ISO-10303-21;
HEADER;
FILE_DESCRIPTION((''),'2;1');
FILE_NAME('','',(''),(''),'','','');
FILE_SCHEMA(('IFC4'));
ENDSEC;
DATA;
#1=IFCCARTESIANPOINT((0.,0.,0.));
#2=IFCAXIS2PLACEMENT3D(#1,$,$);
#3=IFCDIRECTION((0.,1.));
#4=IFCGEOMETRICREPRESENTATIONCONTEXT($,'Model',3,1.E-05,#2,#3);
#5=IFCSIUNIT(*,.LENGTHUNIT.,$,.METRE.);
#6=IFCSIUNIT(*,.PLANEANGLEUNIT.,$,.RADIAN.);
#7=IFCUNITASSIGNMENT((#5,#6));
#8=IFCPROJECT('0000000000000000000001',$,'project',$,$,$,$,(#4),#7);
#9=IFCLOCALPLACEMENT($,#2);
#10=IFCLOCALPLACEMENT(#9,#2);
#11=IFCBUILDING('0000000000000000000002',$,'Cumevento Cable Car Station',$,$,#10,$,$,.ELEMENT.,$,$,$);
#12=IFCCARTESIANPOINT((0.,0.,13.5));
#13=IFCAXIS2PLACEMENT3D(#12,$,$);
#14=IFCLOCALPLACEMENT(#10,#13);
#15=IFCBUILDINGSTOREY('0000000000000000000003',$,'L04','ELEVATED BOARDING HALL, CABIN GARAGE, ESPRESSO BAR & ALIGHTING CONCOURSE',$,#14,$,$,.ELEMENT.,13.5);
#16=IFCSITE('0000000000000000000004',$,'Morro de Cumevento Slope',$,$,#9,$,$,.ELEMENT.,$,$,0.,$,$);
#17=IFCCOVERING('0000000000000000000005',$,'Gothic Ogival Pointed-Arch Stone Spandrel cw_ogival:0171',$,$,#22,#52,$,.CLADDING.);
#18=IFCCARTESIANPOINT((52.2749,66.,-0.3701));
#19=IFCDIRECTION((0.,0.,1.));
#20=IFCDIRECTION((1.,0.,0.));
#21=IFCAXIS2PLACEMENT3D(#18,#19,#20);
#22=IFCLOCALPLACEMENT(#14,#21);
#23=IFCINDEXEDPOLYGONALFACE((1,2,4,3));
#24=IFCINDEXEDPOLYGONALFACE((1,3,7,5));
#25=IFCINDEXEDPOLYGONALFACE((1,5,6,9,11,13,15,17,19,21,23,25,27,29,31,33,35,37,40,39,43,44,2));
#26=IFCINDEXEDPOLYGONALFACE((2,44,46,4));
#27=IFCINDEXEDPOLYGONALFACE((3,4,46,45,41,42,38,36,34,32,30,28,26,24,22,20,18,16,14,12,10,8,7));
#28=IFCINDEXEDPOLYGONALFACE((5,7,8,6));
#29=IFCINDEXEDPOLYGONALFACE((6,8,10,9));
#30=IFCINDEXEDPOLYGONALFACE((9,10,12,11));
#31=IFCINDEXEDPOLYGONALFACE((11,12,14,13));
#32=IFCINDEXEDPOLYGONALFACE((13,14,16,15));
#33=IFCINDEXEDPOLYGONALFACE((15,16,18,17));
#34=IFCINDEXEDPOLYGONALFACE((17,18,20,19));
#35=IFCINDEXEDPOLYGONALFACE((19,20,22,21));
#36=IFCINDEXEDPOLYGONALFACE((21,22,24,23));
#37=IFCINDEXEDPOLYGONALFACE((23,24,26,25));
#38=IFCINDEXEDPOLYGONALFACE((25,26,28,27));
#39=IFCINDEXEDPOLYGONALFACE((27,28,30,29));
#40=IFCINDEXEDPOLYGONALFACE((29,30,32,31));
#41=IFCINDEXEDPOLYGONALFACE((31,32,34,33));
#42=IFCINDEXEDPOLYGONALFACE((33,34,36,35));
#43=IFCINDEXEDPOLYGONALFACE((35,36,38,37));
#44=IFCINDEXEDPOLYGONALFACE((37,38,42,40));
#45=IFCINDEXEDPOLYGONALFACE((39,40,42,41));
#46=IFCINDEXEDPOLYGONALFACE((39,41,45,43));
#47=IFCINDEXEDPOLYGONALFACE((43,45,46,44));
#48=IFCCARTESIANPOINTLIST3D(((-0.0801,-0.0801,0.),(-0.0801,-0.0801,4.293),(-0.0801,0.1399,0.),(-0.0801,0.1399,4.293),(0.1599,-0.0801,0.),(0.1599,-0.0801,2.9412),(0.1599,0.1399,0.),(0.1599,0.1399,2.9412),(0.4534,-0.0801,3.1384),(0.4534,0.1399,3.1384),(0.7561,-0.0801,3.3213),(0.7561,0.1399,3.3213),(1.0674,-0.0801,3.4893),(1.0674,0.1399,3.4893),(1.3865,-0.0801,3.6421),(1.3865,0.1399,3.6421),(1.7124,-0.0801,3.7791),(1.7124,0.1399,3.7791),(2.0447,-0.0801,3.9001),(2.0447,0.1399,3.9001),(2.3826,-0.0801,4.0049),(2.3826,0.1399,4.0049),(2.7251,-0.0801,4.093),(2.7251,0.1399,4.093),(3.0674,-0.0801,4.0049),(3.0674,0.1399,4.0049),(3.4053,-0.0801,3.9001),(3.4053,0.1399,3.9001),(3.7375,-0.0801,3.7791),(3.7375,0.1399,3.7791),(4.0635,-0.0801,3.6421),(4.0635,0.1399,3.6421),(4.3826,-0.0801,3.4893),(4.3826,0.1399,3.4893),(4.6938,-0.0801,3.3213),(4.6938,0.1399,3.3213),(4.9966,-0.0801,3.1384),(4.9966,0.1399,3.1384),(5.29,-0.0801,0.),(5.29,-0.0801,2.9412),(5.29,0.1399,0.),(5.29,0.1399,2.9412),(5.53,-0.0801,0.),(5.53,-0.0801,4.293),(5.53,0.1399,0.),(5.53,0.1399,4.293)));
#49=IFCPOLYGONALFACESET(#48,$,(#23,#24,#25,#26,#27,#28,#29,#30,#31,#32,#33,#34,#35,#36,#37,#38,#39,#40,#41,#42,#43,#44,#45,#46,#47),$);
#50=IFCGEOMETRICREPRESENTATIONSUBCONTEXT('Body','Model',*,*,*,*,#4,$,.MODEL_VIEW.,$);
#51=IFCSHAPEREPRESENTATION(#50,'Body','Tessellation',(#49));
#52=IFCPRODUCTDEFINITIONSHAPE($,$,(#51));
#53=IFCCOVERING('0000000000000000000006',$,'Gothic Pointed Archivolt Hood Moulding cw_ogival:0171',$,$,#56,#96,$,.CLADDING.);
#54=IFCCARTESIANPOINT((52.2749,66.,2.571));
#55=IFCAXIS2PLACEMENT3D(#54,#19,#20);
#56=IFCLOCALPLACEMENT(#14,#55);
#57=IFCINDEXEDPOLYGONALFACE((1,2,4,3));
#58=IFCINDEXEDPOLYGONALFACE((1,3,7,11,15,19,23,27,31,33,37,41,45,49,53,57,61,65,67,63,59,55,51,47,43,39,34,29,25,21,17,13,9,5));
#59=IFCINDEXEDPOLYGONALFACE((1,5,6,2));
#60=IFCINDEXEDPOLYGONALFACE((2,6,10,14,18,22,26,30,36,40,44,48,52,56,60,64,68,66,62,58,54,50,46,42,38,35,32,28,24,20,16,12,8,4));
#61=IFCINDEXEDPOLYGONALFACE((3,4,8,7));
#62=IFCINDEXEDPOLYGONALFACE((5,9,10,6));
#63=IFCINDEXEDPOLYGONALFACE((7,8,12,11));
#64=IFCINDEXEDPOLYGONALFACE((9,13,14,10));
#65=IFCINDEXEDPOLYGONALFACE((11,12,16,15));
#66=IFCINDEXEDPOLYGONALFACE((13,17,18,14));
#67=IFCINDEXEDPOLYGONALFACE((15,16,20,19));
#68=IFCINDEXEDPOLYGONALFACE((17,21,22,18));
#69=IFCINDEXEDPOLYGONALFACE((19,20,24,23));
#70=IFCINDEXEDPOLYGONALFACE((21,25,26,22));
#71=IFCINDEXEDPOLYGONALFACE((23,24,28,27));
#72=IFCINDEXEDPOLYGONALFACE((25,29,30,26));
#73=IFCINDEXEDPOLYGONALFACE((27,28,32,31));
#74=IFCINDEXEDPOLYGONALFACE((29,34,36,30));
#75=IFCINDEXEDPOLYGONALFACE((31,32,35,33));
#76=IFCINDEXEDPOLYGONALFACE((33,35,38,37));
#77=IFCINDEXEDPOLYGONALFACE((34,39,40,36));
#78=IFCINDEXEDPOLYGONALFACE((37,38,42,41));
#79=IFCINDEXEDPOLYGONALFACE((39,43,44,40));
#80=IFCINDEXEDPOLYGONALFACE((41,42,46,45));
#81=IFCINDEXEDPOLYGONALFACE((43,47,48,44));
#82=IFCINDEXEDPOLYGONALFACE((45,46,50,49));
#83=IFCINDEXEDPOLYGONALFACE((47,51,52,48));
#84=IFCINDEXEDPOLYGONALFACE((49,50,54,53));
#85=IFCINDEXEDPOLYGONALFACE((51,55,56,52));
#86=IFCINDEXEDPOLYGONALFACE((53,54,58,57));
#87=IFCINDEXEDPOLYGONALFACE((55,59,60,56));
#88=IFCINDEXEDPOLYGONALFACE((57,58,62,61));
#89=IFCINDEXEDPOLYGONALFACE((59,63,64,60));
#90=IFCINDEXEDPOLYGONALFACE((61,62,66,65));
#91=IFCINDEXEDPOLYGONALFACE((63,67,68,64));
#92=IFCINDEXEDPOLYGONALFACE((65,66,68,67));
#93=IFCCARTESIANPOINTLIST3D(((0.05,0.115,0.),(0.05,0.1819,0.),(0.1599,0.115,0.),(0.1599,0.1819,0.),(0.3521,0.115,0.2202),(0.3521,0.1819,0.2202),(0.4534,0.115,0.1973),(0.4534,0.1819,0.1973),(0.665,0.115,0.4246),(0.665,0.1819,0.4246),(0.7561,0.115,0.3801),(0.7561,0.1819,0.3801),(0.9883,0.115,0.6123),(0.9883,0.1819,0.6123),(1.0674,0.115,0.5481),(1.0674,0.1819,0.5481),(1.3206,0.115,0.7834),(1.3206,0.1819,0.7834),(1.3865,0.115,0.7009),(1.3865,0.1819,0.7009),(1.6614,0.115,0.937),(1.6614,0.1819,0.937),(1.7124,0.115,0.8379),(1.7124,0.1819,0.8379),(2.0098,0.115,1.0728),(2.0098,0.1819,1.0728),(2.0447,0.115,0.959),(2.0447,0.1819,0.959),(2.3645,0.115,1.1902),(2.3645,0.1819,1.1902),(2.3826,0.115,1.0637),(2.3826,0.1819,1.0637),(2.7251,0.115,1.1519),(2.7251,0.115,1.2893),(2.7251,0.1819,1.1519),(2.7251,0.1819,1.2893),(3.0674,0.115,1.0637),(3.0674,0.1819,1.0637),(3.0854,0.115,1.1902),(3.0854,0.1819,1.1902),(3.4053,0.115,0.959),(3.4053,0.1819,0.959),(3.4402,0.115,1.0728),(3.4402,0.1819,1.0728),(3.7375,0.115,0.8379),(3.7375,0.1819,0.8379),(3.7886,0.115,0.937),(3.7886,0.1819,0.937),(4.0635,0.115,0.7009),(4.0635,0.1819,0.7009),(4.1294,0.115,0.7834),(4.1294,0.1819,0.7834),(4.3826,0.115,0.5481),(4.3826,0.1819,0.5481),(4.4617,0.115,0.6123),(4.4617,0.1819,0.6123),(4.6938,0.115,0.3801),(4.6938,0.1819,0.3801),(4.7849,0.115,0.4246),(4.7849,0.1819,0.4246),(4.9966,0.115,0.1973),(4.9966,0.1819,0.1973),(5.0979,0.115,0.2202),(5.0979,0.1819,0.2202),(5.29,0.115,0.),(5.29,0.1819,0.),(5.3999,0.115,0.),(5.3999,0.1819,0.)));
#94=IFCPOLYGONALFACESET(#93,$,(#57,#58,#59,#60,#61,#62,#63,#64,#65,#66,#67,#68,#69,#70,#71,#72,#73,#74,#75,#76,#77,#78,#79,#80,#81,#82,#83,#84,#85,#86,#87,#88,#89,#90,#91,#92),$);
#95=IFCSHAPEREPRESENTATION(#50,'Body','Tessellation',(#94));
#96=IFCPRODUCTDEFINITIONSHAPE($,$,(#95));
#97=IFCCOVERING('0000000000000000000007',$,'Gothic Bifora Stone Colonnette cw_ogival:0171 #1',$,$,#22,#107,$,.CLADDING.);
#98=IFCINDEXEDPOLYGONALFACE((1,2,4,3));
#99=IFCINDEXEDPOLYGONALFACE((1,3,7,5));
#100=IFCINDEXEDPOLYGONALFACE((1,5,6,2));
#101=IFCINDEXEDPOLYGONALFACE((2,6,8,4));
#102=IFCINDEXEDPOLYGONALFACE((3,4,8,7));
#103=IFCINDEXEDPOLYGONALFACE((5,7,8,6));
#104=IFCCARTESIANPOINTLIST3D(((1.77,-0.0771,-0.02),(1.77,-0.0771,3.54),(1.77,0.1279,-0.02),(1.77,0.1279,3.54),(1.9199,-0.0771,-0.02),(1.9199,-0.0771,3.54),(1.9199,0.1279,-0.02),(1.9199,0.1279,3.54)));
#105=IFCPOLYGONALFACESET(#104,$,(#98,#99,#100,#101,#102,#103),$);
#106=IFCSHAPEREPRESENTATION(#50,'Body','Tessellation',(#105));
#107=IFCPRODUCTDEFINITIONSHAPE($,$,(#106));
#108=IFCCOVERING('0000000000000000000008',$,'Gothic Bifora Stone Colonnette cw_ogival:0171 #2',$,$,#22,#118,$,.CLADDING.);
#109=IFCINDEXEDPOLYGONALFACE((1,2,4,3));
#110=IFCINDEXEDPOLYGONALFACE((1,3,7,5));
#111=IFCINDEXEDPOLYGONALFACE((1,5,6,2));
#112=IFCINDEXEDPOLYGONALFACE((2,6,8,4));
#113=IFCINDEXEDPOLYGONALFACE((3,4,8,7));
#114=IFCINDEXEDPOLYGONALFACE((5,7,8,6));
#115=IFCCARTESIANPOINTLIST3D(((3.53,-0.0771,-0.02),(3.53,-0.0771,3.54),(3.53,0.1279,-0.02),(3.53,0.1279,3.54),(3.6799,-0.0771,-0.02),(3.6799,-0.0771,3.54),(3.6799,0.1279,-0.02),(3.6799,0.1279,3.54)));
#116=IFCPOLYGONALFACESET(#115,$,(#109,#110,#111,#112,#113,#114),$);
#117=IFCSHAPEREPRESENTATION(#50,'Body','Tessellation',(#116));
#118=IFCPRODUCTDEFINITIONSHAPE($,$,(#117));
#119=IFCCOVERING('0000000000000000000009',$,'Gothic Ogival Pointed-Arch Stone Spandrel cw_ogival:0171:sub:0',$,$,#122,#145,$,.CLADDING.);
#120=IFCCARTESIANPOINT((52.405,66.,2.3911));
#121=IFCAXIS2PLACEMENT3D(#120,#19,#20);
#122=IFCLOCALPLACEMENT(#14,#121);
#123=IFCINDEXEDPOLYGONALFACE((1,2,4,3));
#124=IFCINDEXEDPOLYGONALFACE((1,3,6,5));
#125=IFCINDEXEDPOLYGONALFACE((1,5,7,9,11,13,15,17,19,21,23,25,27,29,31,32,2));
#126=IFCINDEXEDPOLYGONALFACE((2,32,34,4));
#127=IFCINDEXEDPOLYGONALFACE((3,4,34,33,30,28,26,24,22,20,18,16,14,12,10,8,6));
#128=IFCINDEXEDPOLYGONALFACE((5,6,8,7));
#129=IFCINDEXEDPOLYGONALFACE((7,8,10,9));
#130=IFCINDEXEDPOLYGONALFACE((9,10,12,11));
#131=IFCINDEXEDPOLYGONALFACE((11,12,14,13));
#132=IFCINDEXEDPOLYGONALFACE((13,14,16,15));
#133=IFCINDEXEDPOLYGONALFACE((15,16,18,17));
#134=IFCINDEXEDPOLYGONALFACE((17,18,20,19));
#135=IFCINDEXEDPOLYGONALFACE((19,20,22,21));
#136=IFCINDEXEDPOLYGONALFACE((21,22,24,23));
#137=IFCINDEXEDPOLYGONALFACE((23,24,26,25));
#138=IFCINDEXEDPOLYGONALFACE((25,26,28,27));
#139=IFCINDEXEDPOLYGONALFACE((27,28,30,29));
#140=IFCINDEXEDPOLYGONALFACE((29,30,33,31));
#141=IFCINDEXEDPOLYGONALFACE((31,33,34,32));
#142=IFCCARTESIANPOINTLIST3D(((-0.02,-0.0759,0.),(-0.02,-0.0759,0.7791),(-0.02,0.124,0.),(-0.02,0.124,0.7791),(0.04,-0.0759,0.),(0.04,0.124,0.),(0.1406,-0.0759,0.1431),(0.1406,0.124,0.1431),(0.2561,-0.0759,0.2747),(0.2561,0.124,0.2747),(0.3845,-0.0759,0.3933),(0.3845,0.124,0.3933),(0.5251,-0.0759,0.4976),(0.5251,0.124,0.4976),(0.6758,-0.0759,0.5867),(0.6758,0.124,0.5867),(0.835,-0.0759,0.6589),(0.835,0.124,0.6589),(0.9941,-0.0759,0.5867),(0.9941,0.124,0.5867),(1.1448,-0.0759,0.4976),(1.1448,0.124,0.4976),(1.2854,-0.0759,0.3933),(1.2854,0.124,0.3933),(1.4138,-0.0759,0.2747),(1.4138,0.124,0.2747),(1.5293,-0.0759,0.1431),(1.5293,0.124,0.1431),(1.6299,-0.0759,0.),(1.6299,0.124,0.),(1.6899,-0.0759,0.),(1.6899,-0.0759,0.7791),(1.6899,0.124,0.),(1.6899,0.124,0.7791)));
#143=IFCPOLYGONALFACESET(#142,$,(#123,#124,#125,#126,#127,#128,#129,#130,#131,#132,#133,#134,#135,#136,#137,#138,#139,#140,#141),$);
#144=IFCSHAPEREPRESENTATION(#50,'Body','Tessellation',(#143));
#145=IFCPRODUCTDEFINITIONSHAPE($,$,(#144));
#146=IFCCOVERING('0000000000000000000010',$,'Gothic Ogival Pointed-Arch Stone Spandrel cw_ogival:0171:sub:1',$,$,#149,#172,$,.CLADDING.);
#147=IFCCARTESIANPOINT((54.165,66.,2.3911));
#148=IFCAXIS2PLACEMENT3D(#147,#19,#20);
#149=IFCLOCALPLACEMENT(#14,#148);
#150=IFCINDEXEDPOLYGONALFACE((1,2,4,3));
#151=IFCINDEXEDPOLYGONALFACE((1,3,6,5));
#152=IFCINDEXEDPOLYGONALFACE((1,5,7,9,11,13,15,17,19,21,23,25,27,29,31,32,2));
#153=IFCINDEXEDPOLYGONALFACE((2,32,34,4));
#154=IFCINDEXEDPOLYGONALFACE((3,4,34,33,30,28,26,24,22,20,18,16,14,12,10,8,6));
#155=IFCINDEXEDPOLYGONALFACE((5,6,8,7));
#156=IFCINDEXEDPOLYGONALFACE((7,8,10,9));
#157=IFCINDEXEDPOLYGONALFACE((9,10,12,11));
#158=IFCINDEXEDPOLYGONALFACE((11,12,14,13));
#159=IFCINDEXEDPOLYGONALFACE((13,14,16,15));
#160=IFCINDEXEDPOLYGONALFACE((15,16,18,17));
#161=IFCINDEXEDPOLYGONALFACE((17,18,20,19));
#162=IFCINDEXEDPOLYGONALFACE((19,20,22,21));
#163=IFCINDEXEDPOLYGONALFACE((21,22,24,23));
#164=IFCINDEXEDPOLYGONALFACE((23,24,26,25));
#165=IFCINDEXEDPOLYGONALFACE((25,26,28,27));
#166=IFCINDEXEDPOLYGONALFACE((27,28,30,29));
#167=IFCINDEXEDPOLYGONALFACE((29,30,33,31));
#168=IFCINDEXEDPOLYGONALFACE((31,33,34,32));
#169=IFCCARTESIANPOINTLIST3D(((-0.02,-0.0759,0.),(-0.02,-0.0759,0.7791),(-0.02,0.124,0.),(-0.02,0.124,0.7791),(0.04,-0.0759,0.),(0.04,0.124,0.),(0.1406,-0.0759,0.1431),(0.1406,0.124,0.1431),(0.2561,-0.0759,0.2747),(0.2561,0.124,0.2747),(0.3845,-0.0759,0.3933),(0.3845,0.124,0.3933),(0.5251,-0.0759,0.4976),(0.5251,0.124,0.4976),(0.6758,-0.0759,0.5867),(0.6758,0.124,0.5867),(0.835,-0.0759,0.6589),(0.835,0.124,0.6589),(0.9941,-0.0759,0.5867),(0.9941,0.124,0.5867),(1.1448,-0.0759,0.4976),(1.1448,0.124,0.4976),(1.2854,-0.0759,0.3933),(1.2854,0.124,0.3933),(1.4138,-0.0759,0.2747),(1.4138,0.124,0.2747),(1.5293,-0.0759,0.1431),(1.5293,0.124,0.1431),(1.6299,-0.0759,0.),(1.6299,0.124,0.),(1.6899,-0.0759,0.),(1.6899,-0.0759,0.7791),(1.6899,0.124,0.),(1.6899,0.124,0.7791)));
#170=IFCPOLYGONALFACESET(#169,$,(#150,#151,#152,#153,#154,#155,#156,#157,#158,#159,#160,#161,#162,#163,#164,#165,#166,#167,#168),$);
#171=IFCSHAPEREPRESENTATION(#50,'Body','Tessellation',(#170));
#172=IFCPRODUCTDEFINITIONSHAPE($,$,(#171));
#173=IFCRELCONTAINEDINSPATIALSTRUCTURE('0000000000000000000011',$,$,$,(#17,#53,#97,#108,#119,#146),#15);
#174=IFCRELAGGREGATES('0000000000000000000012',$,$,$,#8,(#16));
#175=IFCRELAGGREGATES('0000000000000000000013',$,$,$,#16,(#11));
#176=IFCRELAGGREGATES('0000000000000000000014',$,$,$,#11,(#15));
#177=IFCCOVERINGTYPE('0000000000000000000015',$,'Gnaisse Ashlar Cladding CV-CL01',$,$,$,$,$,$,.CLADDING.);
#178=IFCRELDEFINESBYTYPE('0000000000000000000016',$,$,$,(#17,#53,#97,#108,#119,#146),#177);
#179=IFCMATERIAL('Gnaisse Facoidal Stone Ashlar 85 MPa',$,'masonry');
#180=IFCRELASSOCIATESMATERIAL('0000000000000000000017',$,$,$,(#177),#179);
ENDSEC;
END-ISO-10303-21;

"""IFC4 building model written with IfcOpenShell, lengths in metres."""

from ifc_helpers import new_model, si_unit, direction, frame, origin, place, context, subcontext, project, spatial, polyline, outline, extrude, material, type_object, element, save


model = new_model("IFC4")

# Units and contexts
model_context = context("Model", 3, precision=1e-05, world=origin(), true_north=direction((0.0, 1.0)))
body_context = subcontext(model_context, "Body", "Model", "MODEL_VIEW")
ifc_project = project(units=[si_unit("LENGTHUNIT", "METRE"), si_unit("PLANEANGLEUNIT", "RADIAN")], contexts=[model_context])

# Site, building, storey
site_placement = place(None, origin())
site = spatial("IfcSite", under=ifc_project, at=site_placement, Name="Morro de Cumevento Slope", CompositionType="ELEMENT", RefElevation=0.0)
building_placement = place(site_placement, origin())
building = spatial("IfcBuilding", under=site, at=building_placement, Name="Cumevento Cable Car Station", CompositionType="ELEMENT")
storey_placement = place(building_placement, frame((0.0, 0.0, 13.5)))
storey = spatial("IfcBuildingStorey", under=building, at=storey_placement, Name="L04", Description="ELEVATED BOARDING HALL, CABIN GARAGE, ESPRESSO BAR & ALIGHTING CONCOURSE", CompositionType="ELEMENT", Elevation=13.5)

# Coverings
ifc_material_1 = material(Name="Gnaisse Facoidal Stone Ashlar 85 MPa", Category="masonry")
covering_type = type_object("IfcCoveringType", Name="Gnaisse Ashlar Cladding CV-CL01", PredefinedType="CLADDING", material=ifc_material_1)
placement = place(storey_placement, frame((52.2749, 66.0, -0.3701), z_axis=(0.0, 0.0, 1.0), x_axis=(1.0, 0.0, 0.0)))
element("IfcCovering", 1, at=placement, inside=storey, type_object=covering_type, Name="Gothic Ogival Pointed-Arch Stone Spandrel cw_ogival:0171", PredefinedType="CLADDING", context=body_context, shape_type="SweptSolid", body=[
    extrude(outline(polyline([(-0.0801, 0.0), (-0.0801, 4.293), (5.53, 4.293), (5.53, 0.0), (5.29, 0.0), (5.29, 2.9412), (4.9966, 3.1384), (4.6938, 3.3213), (4.3826, 3.4893), (4.0635, 3.6421), (3.7375, 3.7791), (3.4053, 3.9001), (3.0674, 4.0049), (2.7251, 4.093), (2.3826, 4.0049), (2.0447, 3.9001), (1.7124, 3.7791), (1.3865, 3.6421), (1.0674, 3.4893), (0.7561, 3.3213), (0.4534, 3.1384), (0.1599, 2.9412), (0.1599, 0.0), (-0.0801, 0.0)])), frame((0.0, 0.1399, 0.0), z_axis=(0.0, -1.0, 0.0), x_axis=(1.0, 0.0, 0.0)), (0.0, 0.0, 1.0), 0.22),
])
covering_1_placement = place(storey_placement, frame((52.2749, 66.0, 2.571), z_axis=(0.0, 0.0, 1.0), x_axis=(1.0, 0.0, 0.0)))
element("IfcCovering", 2, at=covering_1_placement, inside=storey, type_object=covering_type, Name="Gothic Pointed Archivolt Hood Moulding cw_ogival:0171", PredefinedType="CLADDING", context=body_context, shape_type="SweptSolid", body=[
    extrude(outline(polyline([(0.1599, 0.0), (0.4534, 0.1973), (0.7561, 0.3801), (1.0674, 0.5481), (1.3865, 0.7009), (1.7124, 0.8379), (2.0447, 0.959), (2.3826, 1.0637), (2.7251, 1.1519), (3.0674, 1.0637), (3.4053, 0.959), (3.7375, 0.8379), (4.0635, 0.7009), (4.3826, 0.5481), (4.6938, 0.3801), (4.9966, 0.1973), (5.29, 0.0), (5.3999, 0.0), (5.0979, 0.2202), (4.7849, 0.4246), (4.4617, 0.6123), (4.1294, 0.7834), (3.7886, 0.937), (3.4402, 1.0728), (3.0854, 1.1902), (2.7251, 1.2893), (2.3645, 1.1902), (2.0098, 1.0728), (1.6614, 0.937), (1.3206, 0.7834), (0.9883, 0.6123), (0.665, 0.4246), (0.3521, 0.2202), (0.05, 0.0), (0.1599, 0.0)])), frame((0.0, 0.1819, 0.0), z_axis=(0.0, -1.0, 0.0), x_axis=(1.0, 0.0, 0.0)), (0.0, 0.0, 1.0), 0.0669),
])
element("IfcCovering", 3, at=placement, inside=storey, type_object=covering_type, Name="Gothic Bifora Stone Colonnette cw_ogival:0171 #1", PredefinedType="CLADDING", context=body_context, shape_type="SweptSolid", body=[
    extrude(outline(polyline([(1.77, -0.02), (1.9199, -0.02), (1.9199, 3.54), (1.77, 3.54), (1.77, -0.02)])), frame((0.0, 0.1279, 0.0), z_axis=(0.0, -1.0, 0.0), x_axis=(1.0, 0.0, 0.0)), (0.0, 0.0, 1.0), 0.2051),
])
element("IfcCovering", 4, at=placement, inside=storey, type_object=covering_type, Name="Gothic Bifora Stone Colonnette cw_ogival:0171 #2", PredefinedType="CLADDING", context=body_context, shape_type="SweptSolid", body=[
    extrude(outline(polyline([(3.53, -0.02), (3.6799, -0.02), (3.6799, 3.54), (3.53, 3.54), (3.53, -0.02)])), frame((0.0, 0.1279, 0.0), z_axis=(0.0, -1.0, 0.0), x_axis=(1.0, 0.0, 0.0)), (0.0, 0.0, 1.0), 0.2051),
])
for number, where, z_axis, x_axis, name in (
    (5, (52.405, 66.0, 2.3911), (0.0, 0.0, 1.0), (1.0, 0.0, 0.0), "Gothic Ogival Pointed-Arch Stone Spandrel cw_ogival:0171:sub:0"),
    (6, (54.165, 66.0, 2.3911), (0.0, 0.0, 1.0), (1.0, 0.0, 0.0), "Gothic Ogival Pointed-Arch Stone Spandrel cw_ogival:0171:sub:1"),
):
    element("IfcCovering", number, at=place(storey_placement, frame(where, z_axis=z_axis, x_axis=x_axis)), inside=storey, type_object=covering_type, Name=name, PredefinedType="CLADDING", context=body_context, shape_type="SweptSolid", body=[
        extrude(outline(polyline([(-0.02, 0.0), (-0.02, 0.7791), (1.6899, 0.7791), (1.6899, 0.0), (1.6299, 0.0), (1.5293, 0.1431), (1.4138, 0.2747), (1.2854, 0.3933), (1.1448, 0.4976), (0.9941, 0.5867), (0.835, 0.6589), (0.6758, 0.5867), (0.5251, 0.4976), (0.3845, 0.3933), (0.2561, 0.2747), (0.1406, 0.1431), (0.04, 0.0), (-0.02, 0.0)])), frame((0.0, 0.124, 0.0), z_axis=(0.0, -1.0, 0.0), x_axis=(1.0, 0.0, 0.0)), (0.0, 0.0, 1.0), 0.2),
    ])

save(model, "model.ifc")
